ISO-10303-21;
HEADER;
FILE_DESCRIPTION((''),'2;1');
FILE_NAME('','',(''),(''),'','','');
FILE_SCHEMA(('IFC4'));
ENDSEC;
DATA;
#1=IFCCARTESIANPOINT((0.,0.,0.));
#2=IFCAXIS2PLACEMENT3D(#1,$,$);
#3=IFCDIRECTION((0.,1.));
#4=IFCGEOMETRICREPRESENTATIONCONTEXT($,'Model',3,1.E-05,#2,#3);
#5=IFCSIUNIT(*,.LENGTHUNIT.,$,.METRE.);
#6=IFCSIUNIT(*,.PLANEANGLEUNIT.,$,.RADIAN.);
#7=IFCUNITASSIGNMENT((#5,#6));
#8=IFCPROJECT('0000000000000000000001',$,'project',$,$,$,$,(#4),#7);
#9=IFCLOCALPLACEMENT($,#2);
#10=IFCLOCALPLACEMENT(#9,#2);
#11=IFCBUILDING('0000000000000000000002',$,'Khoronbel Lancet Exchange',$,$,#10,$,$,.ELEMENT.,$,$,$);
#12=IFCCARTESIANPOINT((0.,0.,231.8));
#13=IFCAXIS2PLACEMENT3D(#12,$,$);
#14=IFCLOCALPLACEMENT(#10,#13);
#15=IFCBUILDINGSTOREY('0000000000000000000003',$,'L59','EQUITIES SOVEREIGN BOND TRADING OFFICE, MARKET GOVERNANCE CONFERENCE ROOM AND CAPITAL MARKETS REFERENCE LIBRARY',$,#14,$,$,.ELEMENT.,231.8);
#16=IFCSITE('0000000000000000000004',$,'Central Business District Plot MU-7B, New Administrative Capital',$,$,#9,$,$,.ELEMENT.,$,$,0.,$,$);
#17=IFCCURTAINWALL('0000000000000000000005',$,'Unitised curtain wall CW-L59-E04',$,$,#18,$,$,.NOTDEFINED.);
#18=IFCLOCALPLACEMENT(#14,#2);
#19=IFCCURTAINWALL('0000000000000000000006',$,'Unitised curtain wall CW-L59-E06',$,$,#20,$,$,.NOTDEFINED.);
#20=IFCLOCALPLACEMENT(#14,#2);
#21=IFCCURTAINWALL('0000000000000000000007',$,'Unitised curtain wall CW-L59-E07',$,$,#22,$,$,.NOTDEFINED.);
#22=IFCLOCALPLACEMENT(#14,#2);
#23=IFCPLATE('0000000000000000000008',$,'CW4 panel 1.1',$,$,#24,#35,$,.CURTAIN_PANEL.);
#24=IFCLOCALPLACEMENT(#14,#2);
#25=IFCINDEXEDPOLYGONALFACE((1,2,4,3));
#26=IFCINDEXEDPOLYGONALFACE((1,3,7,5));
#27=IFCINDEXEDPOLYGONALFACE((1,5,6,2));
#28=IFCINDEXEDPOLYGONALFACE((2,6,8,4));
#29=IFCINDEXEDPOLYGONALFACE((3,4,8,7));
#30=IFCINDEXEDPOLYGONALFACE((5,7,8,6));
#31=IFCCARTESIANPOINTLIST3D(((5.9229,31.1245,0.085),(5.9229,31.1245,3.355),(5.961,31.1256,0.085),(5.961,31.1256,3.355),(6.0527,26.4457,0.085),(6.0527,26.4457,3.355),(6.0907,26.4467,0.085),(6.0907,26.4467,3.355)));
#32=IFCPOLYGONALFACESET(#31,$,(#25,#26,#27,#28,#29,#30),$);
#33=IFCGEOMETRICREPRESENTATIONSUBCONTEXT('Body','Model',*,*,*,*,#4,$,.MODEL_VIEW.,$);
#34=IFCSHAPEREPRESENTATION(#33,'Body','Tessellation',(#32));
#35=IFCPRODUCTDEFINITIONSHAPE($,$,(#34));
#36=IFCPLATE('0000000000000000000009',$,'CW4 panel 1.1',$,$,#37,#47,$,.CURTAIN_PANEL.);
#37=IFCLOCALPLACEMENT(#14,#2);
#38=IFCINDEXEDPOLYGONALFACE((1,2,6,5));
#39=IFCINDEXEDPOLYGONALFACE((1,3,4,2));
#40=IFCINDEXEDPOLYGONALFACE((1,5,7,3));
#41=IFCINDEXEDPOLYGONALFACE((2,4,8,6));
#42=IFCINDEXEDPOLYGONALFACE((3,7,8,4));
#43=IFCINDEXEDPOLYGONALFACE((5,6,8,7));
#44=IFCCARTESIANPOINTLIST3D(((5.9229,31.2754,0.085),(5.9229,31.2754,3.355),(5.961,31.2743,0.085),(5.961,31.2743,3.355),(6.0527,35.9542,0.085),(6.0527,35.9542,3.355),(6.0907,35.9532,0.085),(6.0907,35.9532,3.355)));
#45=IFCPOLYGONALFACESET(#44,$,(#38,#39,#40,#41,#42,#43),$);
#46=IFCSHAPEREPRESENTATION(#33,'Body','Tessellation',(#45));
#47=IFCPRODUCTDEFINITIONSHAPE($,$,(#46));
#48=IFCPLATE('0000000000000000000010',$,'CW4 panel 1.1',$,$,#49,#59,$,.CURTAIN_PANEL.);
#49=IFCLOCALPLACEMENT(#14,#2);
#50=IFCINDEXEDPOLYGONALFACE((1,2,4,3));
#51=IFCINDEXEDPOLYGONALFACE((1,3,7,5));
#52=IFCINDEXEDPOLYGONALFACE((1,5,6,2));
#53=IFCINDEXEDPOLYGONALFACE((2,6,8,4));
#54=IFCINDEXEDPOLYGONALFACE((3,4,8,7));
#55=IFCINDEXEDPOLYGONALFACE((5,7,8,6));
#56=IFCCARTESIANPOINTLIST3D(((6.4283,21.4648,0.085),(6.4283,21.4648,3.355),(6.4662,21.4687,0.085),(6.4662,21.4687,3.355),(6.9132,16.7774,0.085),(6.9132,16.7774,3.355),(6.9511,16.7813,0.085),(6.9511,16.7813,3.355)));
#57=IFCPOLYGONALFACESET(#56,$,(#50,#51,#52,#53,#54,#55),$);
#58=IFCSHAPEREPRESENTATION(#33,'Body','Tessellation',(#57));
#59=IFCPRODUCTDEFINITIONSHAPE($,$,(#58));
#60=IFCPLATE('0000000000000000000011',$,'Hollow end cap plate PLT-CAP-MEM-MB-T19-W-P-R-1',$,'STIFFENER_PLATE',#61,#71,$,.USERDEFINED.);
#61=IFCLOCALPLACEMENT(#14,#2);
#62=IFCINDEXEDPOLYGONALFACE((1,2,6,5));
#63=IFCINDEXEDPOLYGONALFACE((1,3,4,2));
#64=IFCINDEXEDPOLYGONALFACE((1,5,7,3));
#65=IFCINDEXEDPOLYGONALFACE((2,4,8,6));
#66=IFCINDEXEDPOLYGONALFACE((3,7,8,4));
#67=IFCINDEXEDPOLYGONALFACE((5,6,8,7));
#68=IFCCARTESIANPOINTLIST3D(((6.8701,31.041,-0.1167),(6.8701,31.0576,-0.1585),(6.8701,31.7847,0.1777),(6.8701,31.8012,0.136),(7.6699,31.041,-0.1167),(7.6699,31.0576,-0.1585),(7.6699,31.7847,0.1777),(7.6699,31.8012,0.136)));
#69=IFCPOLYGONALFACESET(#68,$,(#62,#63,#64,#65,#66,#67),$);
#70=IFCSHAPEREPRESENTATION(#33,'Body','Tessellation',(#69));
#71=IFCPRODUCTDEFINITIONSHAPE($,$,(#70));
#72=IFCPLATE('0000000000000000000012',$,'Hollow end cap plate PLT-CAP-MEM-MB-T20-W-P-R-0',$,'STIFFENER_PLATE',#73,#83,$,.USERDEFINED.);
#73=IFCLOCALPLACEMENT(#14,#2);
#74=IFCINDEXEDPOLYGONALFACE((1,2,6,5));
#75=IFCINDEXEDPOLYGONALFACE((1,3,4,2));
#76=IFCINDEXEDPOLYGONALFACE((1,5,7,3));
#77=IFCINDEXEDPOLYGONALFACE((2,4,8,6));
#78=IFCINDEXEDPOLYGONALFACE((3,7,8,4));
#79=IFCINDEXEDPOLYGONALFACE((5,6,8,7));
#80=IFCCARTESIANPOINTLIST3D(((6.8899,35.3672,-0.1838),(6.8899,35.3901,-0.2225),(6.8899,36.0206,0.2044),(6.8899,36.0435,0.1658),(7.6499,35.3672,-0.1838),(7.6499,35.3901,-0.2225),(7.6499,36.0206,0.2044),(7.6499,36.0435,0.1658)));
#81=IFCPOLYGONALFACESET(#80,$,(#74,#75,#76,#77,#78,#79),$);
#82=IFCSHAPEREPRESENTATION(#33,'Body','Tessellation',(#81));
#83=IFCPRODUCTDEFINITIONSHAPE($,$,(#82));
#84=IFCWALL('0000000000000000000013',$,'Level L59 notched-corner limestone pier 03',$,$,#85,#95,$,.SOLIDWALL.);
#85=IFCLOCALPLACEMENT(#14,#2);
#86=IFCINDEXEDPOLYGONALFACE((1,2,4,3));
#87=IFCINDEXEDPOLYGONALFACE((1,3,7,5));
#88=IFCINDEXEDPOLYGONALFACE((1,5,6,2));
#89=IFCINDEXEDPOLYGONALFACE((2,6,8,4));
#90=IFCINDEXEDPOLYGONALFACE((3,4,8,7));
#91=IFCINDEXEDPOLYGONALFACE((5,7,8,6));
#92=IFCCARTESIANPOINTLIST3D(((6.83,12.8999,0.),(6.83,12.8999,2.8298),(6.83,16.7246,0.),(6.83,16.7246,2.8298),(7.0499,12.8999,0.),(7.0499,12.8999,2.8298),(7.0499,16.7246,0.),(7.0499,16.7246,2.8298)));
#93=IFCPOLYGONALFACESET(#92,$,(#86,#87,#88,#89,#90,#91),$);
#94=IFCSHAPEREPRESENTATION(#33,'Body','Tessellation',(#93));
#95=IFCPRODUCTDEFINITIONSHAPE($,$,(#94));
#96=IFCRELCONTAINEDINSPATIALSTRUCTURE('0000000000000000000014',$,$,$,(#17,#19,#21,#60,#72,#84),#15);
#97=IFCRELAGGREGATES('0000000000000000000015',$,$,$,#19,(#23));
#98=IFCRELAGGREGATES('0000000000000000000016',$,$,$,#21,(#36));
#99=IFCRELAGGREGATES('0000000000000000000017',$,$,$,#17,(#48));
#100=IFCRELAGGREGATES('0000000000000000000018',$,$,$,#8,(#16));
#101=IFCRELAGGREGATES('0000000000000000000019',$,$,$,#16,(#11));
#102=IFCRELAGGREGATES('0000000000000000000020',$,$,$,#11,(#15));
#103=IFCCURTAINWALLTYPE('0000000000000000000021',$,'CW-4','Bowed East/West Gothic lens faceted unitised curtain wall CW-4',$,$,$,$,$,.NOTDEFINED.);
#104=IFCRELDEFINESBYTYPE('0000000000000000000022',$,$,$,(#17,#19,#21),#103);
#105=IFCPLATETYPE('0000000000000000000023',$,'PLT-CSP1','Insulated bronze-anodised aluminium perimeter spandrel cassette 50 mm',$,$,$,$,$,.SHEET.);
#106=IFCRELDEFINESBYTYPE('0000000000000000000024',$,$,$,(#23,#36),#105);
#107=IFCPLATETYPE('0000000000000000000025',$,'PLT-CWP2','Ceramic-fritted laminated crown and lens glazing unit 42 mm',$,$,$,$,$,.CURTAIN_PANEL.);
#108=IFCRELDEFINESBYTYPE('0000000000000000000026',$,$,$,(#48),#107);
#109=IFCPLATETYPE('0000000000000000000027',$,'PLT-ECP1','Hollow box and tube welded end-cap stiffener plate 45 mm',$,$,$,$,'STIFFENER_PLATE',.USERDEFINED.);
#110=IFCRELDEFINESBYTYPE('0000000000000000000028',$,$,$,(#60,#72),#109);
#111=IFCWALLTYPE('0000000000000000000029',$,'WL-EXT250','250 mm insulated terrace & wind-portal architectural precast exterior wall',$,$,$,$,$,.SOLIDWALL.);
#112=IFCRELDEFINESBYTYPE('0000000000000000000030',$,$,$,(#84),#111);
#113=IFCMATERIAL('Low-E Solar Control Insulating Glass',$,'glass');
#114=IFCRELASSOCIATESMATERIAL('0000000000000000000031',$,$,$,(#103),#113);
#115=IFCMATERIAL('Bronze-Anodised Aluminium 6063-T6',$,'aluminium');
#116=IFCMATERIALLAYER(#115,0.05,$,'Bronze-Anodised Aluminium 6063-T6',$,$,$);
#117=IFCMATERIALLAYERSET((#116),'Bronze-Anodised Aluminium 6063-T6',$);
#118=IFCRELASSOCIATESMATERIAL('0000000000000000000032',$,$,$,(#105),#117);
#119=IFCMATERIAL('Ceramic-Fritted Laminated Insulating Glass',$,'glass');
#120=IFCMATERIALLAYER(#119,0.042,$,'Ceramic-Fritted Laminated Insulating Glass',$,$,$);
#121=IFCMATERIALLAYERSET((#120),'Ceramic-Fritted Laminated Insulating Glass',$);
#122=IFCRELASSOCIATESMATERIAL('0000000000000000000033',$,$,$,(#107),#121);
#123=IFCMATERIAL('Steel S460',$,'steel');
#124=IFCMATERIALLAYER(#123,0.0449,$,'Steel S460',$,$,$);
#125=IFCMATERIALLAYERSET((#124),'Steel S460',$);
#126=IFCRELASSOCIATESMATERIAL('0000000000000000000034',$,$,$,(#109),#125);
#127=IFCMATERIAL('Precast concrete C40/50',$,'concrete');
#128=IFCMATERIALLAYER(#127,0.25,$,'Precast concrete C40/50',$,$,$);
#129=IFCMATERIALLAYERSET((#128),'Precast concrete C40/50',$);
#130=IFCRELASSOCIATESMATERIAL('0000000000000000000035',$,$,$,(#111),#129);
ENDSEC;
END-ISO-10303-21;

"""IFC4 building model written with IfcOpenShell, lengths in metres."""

from ifc_helpers import new_model, si_unit, direction, frame, frame_2d, origin, origin_2d, place, context, subcontext, project, spatial, polyline, rectangle, outline, extrude, material, layer, layer_set, type_object, element, aggregate, save


model = new_model("IFC4")

# Units and contexts
model_context = context("Model", 3, precision=1e-05, world=origin(), true_north=direction((0.0, 1.0)))
body_context = subcontext(model_context, "Body", "Model", "MODEL_VIEW")
ifc_project = project(units=[si_unit("LENGTHUNIT", "METRE"), si_unit("PLANEANGLEUNIT", "RADIAN")], contexts=[model_context])

# Site, building, storey
site_placement = place(None, origin())
site = spatial("IfcSite", under=ifc_project, at=site_placement, Name="Central Business District Plot MU-7B, New Administrative Capital", CompositionType="ELEMENT", RefElevation=0.0)
building_placement = place(site_placement, origin())
building = spatial("IfcBuilding", under=site, at=building_placement, Name="Khoronbel Lancet Exchange", CompositionType="ELEMENT")
storey_placement = place(building_placement, frame((0.0, 0.0, 231.8)))
storey = spatial("IfcBuildingStorey", under=building, at=storey_placement, Name="L59", Description="EQUITIES SOVEREIGN BOND TRADING OFFICE, MARKET GOVERNANCE CONFERENCE ROOM AND CAPITAL MARKETS REFERENCE LIBRARY", CompositionType="ELEMENT", Elevation=231.8)

# Curtain walls
ifc_material_1 = material(Name="Low-E Solar Control Insulating Glass", Category="glass")
curtain_wall_type = type_object("IfcCurtainWallType", Name="CW-4", Description="Bowed East/West Gothic lens faceted unitised curtain wall CW-4", PredefinedType="NOTDEFINED", material=ifc_material_1)
curtain_wall_1_placement = place(storey_placement, origin())
curtain_wall_1 = element("IfcCurtainWall", 1, at=curtain_wall_1_placement, inside=storey, type_object=curtain_wall_type, Name="Unitised curtain wall CW-L59-E04", PredefinedType="NOTDEFINED")
ifc_material_2 = material(Name="Bronze-Anodised Aluminium 6063-T6", Category="aluminium")
curtain_wall_2_placement = place(storey_placement, origin())
curtain_wall_2 = element("IfcCurtainWall", 2, at=curtain_wall_2_placement, inside=storey, type_object=curtain_wall_type, Name="Unitised curtain wall CW-L59-E06", PredefinedType="NOTDEFINED")

# Curtain wall
curtain_wall_3_placement = place(storey_placement, origin())
curtain_wall_3 = element("IfcCurtainWall", 3, at=curtain_wall_3_placement, inside=storey, type_object=curtain_wall_type, Name="Unitised curtain wall CW-L59-E07", PredefinedType="NOTDEFINED")

# Plates
ifc_layer_1 = layer(ifc_material_2, 0.05, Name="Bronze-Anodised Aluminium 6063-T6")
ifc_layer_set_1 = layer_set([ifc_layer_1], Name="Bronze-Anodised Aluminium 6063-T6")
plate_type_1 = type_object("IfcPlateType", Name="PLT-CSP1", Description="Insulated bronze-anodised aluminium perimeter spandrel cassette 50 mm", PredefinedType="SHEET", material=ifc_layer_set_1)
plate_1_placement = place(storey_placement, frame((6.0068, 28.7856, 0.085), z_axis=(0.0, 0.0, 1.0), x_axis=(-0.027719, 0.999616, 0.0)))
plate_1 = element("IfcPlate", 4, at=plate_1_placement, type_object=plate_type_1, Name="CW4 panel 1.1", PredefinedType="CURTAIN_PANEL", context=body_context, shape_type="SweptSolid", body=[
    extrude(rectangle(XDim=4.6807, YDim=0.0381, at=origin_2d()), origin(), (0.0, 0.0, 1.0), 3.27),
])
aggregate(curtain_wall_2, [plate_1])
plate_2_placement = place(storey_placement, frame((6.0068, 33.6143, 0.085), z_axis=(0.0, 0.0, 1.0), x_axis=(0.027719, 0.999616, 0.0)))
plate_2 = element("IfcPlate", 5, at=plate_2_placement, type_object=plate_type_1, Name="CW4 panel 1.1", PredefinedType="CURTAIN_PANEL", context=body_context, shape_type="SweptSolid", body=[
    extrude(rectangle(XDim=4.6807, YDim=0.0381, at=origin_2d()), origin(), (0.0, 0.0, 1.0), 3.27),
])
aggregate(curtain_wall_3, [plate_2])
ifc_material_3 = material(Name="Ceramic-Fritted Laminated Insulating Glass", Category="glass")
ifc_layer_2 = layer(ifc_material_3, 0.042, Name="Ceramic-Fritted Laminated Insulating Glass")
ifc_layer_set_2 = layer_set([ifc_layer_2], Name="Ceramic-Fritted Laminated Insulating Glass")
plate_type_2 = type_object("IfcPlateType", Name="PLT-CWP2", Description="Ceramic-fritted laminated crown and lens glazing unit 42 mm", PredefinedType="CURTAIN_PANEL", material=ifc_layer_set_2)
plate_3_placement = place(storey_placement, frame((6.6897, 19.123, 0.085), z_axis=(0.0, 0.0, 1.0), x_axis=(-0.10291, 0.994691, 0.0)))
plate_3 = element("IfcPlate", 6, at=plate_3_placement, type_object=plate_type_2, Name="CW4 panel 1.1", PredefinedType="CURTAIN_PANEL", context=body_context, shape_type="SweptSolid", body=[
    extrude(rectangle(XDim=4.7124, YDim=0.0381, at=origin_2d()), origin(), (0.0, 0.0, 1.0), 3.27),
])
aggregate(curtain_wall_1, [plate_3])

# Plates
ifc_material_4 = material(Name="Steel S460", Category="steel")
ifc_layer_3 = layer(ifc_material_4, 0.0449, Name="Steel S460")
ifc_layer_set_3 = layer_set([ifc_layer_3], Name="Steel S460")
plate_type_3 = type_object("IfcPlateType", Name="PLT-ECP1", Description="Hollow box and tube welded end-cap stiffener plate 45 mm", ElementType="STIFFENER_PLATE", PredefinedType="USERDEFINED", material=ifc_layer_set_3)
plate_4_placement = place(storey_placement, frame((6.8701, 31.041, -0.1167), z_axis=(0.0, -0.368125, 0.929776), x_axis=(1.0, 0.0, 0.0)))
element("IfcPlate", 7, at=plate_4_placement, inside=storey, type_object=plate_type_3, Name="Hollow end cap plate PLT-CAP-MEM-MB-T19-W-P-R-1", ObjectType="STIFFENER_PLATE", PredefinedType="USERDEFINED", context=body_context, shape_type="SweptSolid", body=[
    extrude(outline(polyline([(0.0, 0.0), (0.7998, 0.0), (0.7998, 0.7998), (0.0, 0.7998), (0.0, 0.0)])), origin(), (0.0, 0.0, -1.0), 0.0449),
])
plate_5_placement = place(storey_placement, frame((6.8899, 35.3672, -0.1838), z_axis=(0.0, -0.510806, 0.859696), x_axis=(1.0, 0.0, 0.0)))
element("IfcPlate", 8, at=plate_5_placement, inside=storey, type_object=plate_type_3, Name="Hollow end cap plate PLT-CAP-MEM-MB-T20-W-P-R-0", ObjectType="STIFFENER_PLATE", PredefinedType="USERDEFINED", context=body_context, shape_type="SweptSolid", body=[
    extrude(outline(polyline([(0.0, 0.0), (0.76, 0.0), (0.76, 0.76), (0.0, 0.76), (0.0, 0.0)])), origin(), (0.0, 0.0, -1.0), 0.0449),
])

# Wall
ifc_material_5 = material(Name="Precast concrete C40/50", Category="concrete")
ifc_layer_4 = layer(ifc_material_5, 0.25, Name="Precast concrete C40/50")
ifc_layer_set_4 = layer_set([ifc_layer_4], Name="Precast concrete C40/50")
wall_type = type_object("IfcWallType", Name="WL-EXT250", Description="250 mm insulated terrace & wind-portal architectural precast exterior wall", PredefinedType="SOLIDWALL", material=ifc_layer_set_4)
wall_placement = place(storey_placement, frame((6.9399, 12.8999, 0.0), z_axis=(0.0, 0.0, 1.0), x_axis=(0.0, 1.0, 0.0)))
element("IfcWall", 9, at=wall_placement, inside=storey, type_object=wall_type, Name="Level L59 notched-corner limestone pier 03", PredefinedType="SOLIDWALL", context=body_context, shape_type="SweptSolid", body=[
    extrude(rectangle(XDim=3.8247, YDim=0.22, at=frame_2d((1.9124, 0.0))), origin(), (0.0, 0.0, 1.0), 2.8298),
])

save(model, "model.ifc")
